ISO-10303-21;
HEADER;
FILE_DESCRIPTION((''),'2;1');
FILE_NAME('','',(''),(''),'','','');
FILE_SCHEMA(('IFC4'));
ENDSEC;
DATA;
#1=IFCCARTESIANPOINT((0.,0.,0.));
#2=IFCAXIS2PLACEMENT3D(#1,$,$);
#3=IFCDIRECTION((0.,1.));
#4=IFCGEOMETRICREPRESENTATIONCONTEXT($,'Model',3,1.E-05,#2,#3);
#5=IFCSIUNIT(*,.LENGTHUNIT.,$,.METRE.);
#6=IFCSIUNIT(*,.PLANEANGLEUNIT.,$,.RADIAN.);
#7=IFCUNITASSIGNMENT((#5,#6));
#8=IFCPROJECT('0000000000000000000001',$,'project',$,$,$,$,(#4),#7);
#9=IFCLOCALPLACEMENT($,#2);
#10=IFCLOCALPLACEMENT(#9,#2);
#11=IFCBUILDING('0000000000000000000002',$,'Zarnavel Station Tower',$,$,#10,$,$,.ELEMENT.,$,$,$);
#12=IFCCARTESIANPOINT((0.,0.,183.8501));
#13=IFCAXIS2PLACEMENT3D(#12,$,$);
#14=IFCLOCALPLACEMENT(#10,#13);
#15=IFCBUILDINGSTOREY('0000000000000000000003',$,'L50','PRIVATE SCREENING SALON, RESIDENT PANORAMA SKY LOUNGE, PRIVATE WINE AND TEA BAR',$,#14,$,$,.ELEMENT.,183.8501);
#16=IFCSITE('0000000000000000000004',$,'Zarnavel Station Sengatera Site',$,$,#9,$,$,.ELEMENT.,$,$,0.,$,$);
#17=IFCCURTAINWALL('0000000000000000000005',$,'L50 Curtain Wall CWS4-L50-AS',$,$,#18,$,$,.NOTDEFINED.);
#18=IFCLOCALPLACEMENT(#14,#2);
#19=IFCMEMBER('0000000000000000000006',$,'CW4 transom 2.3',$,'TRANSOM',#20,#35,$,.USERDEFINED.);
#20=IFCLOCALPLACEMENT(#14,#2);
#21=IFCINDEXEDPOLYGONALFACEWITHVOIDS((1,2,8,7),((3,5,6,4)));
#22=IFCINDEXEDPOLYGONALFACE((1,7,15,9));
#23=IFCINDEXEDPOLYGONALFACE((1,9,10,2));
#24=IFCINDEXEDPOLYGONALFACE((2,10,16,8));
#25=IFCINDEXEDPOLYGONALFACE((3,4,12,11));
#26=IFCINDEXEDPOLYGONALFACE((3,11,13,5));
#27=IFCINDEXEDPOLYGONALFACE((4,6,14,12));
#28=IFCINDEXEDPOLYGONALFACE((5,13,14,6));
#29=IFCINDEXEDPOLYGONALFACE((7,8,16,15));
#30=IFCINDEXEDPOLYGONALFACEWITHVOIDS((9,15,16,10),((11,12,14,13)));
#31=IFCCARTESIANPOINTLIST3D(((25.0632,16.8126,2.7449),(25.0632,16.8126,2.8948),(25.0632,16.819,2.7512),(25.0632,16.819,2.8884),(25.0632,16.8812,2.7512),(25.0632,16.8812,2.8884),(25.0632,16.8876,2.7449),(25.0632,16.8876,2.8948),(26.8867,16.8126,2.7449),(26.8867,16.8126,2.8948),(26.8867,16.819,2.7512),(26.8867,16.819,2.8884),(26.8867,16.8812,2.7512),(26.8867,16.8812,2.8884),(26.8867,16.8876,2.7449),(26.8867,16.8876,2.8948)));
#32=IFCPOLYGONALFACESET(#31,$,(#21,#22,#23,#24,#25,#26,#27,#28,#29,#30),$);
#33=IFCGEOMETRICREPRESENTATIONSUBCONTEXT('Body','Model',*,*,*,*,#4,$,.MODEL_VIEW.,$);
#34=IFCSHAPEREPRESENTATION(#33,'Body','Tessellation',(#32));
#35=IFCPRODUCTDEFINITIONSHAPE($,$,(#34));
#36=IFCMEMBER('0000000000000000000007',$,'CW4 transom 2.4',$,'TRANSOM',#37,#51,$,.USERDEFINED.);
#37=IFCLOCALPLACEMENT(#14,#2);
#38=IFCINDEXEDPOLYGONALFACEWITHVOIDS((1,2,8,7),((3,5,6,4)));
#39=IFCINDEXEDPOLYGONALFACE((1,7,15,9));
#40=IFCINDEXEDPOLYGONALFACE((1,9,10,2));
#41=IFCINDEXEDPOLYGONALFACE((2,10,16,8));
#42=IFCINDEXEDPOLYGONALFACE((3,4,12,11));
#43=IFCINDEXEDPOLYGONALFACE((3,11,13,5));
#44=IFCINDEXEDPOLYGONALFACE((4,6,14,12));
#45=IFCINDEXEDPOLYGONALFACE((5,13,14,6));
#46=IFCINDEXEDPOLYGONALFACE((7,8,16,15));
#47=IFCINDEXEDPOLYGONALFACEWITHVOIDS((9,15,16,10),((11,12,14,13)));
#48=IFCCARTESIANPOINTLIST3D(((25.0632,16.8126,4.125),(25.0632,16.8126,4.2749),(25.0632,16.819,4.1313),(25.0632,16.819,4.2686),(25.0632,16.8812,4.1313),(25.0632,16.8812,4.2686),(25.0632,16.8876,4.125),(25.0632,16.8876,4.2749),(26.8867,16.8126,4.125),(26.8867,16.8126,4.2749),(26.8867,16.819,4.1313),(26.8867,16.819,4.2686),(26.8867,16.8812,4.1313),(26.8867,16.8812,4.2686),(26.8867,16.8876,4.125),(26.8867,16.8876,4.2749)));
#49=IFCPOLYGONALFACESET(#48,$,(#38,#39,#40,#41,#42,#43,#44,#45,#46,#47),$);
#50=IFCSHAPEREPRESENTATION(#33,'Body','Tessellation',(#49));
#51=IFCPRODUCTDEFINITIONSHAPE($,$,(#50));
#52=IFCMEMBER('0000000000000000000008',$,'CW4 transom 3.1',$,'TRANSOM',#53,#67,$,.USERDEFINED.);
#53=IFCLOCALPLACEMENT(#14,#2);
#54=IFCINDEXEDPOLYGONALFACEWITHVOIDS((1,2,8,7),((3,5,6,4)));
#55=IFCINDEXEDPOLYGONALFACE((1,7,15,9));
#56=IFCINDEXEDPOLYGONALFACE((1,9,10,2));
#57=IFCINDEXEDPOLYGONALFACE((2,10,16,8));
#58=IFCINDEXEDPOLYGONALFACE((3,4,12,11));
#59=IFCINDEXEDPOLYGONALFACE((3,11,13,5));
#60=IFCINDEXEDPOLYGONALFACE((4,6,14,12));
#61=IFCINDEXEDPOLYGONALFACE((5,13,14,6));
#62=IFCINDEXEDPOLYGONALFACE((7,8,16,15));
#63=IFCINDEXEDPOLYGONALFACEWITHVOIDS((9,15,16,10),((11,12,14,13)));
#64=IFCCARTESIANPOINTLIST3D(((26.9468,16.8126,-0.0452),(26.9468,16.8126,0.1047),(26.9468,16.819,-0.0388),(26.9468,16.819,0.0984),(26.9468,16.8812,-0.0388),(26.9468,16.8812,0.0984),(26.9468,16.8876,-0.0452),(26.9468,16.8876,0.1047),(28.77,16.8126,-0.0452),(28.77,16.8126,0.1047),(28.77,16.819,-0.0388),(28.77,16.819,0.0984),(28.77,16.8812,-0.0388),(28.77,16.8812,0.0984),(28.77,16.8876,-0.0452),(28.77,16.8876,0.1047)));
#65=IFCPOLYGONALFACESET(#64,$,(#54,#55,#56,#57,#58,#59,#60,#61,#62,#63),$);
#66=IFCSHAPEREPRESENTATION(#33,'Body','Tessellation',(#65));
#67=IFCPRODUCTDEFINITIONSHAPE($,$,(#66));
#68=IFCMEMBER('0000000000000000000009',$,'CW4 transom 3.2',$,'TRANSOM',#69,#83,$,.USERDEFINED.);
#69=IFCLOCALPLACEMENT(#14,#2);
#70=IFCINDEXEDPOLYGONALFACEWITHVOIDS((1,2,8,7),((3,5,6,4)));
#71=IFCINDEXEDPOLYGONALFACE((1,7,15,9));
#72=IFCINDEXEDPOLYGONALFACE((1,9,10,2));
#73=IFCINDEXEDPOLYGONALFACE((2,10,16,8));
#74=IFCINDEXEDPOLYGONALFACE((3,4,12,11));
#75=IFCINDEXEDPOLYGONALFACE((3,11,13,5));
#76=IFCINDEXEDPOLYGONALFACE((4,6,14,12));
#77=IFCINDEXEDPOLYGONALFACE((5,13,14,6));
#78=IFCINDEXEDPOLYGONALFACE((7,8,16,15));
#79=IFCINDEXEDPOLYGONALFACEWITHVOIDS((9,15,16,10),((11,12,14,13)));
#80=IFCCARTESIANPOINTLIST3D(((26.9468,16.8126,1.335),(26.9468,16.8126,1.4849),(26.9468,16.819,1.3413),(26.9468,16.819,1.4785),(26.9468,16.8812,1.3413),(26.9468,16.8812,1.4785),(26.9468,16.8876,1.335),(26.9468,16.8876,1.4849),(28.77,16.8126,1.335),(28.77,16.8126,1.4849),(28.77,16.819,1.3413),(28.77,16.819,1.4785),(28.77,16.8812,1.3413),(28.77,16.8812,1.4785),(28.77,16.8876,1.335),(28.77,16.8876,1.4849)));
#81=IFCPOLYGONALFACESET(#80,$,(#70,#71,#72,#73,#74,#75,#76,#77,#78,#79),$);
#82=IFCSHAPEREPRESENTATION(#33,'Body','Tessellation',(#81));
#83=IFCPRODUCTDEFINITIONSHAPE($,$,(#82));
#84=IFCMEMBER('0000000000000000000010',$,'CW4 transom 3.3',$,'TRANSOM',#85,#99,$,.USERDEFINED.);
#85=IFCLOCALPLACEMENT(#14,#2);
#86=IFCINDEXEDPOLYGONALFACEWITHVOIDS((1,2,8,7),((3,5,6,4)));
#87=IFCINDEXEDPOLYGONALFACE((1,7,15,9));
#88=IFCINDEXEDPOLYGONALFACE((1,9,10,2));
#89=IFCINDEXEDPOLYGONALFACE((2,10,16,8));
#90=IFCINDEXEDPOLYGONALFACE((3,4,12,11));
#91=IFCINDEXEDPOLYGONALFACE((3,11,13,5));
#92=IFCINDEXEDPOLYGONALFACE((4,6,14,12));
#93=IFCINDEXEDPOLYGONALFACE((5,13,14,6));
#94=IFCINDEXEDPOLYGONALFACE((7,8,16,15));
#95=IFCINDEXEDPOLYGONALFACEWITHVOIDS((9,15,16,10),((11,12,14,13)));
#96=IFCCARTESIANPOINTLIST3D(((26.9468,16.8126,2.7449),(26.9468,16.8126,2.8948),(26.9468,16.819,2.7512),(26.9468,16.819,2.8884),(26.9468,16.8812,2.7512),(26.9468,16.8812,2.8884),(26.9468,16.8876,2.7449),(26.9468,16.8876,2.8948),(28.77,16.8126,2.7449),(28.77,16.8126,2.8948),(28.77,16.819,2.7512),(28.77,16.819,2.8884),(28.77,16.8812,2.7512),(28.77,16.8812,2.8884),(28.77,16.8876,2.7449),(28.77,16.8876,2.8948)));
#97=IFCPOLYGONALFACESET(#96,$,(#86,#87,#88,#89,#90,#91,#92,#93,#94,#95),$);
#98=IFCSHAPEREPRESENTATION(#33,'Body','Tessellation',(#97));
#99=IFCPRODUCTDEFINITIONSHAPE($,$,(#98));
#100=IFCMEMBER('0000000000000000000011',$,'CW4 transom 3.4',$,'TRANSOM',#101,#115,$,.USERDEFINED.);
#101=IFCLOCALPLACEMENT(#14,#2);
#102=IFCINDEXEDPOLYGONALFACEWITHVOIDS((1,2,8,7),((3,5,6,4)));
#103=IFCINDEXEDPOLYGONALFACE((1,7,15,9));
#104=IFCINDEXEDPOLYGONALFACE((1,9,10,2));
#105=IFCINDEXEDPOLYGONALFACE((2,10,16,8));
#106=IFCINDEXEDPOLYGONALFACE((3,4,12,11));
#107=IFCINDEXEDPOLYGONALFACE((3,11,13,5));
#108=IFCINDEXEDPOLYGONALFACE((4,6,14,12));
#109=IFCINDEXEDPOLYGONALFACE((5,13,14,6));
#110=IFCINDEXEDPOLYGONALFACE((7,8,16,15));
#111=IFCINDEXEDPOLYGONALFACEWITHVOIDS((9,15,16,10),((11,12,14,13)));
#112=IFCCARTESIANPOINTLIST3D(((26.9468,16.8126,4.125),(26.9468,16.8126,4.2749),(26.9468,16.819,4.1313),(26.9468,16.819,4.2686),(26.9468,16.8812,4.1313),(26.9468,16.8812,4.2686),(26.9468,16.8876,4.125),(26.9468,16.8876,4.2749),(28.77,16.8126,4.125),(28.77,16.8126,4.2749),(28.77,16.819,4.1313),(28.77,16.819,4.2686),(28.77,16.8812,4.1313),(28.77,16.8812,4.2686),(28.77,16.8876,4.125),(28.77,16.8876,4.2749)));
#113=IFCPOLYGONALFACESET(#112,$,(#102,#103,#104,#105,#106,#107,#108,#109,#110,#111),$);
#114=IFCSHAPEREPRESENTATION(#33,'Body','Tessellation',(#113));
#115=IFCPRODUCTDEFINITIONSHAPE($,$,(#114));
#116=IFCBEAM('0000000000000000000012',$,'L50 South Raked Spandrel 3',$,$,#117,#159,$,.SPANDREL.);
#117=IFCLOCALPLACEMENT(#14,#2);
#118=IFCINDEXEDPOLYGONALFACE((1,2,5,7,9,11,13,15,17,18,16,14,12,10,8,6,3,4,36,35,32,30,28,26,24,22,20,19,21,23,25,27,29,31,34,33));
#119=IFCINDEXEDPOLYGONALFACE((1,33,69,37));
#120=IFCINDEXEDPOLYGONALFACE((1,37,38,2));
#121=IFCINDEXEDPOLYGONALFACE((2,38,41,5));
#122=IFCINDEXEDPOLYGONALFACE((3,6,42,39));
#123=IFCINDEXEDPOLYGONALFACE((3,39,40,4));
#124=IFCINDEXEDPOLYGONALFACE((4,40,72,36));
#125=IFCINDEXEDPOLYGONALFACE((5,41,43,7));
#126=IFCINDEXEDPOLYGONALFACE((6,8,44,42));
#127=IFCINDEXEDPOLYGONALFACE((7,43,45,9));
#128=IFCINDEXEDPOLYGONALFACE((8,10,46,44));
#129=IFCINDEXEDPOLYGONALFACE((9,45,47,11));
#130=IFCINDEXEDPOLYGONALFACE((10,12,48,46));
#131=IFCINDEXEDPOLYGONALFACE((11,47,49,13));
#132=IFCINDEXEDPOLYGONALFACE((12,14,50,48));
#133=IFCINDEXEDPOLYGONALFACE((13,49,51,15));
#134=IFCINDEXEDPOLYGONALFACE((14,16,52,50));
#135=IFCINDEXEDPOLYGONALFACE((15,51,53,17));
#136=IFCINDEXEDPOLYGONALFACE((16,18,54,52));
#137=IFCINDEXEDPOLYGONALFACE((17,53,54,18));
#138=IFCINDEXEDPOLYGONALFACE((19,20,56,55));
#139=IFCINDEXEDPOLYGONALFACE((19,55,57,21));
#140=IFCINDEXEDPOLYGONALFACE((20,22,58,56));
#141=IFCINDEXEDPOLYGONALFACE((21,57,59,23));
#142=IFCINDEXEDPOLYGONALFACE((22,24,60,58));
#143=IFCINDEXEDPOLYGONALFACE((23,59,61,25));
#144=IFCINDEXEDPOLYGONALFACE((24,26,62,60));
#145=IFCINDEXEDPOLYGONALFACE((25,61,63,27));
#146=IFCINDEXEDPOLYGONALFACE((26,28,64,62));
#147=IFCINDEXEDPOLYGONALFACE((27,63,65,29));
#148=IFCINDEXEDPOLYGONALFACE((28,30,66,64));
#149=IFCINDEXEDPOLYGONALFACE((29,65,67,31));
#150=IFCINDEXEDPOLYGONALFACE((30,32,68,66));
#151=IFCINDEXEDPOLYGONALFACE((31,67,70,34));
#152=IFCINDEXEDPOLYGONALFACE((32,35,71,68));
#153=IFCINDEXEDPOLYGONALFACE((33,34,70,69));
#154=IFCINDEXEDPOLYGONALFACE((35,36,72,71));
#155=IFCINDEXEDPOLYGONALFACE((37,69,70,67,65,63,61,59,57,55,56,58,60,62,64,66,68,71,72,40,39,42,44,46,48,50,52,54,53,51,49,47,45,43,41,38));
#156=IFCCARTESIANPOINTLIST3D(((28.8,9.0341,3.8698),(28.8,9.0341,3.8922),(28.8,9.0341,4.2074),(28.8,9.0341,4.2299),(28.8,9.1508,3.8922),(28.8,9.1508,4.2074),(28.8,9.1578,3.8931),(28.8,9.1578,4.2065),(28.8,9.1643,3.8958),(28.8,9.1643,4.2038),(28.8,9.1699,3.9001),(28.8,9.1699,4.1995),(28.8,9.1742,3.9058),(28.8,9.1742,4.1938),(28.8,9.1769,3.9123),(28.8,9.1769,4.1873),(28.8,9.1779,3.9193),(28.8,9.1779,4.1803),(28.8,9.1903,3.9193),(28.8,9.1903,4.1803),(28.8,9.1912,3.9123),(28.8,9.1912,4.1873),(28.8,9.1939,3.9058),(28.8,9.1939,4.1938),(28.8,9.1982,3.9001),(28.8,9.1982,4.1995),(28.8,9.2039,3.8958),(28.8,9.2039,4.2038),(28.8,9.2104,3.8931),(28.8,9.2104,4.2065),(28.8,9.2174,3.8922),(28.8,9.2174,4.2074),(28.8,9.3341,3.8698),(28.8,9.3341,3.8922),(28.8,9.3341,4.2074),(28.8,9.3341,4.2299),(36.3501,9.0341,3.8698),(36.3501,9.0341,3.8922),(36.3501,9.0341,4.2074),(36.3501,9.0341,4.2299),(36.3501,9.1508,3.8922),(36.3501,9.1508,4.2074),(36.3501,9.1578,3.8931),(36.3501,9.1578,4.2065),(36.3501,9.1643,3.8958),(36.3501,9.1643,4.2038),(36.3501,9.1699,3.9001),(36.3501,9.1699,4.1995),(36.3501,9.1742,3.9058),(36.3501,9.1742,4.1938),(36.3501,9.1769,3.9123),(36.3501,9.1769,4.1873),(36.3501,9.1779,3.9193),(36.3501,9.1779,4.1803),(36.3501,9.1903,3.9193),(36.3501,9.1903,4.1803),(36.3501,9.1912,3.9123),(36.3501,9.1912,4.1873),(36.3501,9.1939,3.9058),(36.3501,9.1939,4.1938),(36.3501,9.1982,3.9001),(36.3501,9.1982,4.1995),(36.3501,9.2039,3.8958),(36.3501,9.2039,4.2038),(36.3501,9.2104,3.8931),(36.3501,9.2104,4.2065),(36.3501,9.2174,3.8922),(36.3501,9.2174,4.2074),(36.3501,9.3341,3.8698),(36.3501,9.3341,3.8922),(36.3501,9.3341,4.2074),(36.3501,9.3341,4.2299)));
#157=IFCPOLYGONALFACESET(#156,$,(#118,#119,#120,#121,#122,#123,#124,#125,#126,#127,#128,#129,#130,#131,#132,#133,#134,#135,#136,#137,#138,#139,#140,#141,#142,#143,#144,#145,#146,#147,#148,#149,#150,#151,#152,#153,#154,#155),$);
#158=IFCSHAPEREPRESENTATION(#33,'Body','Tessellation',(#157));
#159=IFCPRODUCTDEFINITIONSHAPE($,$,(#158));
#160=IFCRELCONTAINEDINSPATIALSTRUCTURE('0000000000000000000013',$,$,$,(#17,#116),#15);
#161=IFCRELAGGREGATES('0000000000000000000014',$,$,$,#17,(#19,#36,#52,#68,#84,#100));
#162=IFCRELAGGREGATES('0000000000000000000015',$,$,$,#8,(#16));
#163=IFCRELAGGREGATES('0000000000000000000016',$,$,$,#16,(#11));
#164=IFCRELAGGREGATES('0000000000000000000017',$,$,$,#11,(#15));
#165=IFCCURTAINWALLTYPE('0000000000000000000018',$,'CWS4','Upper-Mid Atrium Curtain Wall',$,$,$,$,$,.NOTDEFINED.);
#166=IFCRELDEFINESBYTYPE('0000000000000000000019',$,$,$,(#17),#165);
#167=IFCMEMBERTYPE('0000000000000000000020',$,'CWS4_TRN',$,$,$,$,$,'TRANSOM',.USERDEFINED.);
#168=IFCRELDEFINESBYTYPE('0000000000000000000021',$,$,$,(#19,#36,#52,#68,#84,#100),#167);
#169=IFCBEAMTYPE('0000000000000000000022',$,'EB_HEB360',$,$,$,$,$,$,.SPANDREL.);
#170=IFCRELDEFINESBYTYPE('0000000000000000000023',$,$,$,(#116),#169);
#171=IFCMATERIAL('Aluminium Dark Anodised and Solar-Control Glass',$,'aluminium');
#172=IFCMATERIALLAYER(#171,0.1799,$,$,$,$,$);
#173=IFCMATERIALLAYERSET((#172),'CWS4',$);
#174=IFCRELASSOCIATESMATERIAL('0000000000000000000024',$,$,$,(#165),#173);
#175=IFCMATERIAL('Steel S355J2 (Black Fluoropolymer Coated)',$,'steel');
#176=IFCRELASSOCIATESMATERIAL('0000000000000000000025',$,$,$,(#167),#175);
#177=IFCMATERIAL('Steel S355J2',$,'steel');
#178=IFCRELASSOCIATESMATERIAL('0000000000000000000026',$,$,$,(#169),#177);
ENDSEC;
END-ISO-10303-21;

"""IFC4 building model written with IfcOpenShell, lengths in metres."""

from ifc_helpers import new_model, si_unit, direction, frame, origin, origin_2d, place, context, subcontext, project, spatial, hollow_rectangle, i_section, extrude, material, layer, layer_set, material_profile, profile_set, type_object, element, aggregate, save


model = new_model("IFC4")

# Units and contexts
model_context = context("Model", 3, precision=1e-05, world=origin(), true_north=direction((0.0, 1.0)))
body_context = subcontext(model_context, "Body", "Model", "MODEL_VIEW")
ifc_project = project(units=[si_unit("LENGTHUNIT", "METRE"), si_unit("PLANEANGLEUNIT", "RADIAN")], contexts=[model_context])

# Site, building, storey
site_placement = place(None, origin())
site = spatial("IfcSite", under=ifc_project, at=site_placement, Name="Zarnavel Station Sengatera Site", CompositionType="ELEMENT", RefElevation=0.0)
building_placement = place(site_placement, origin())
building = spatial("IfcBuilding", under=site, at=building_placement, Name="Zarnavel Station Tower", CompositionType="ELEMENT")
storey_placement = place(building_placement, frame((0.0, 0.0, 183.8501)))
storey = spatial("IfcBuildingStorey", under=building, at=storey_placement, Name="L50", Description="PRIVATE SCREENING SALON, RESIDENT PANORAMA SKY LOUNGE, PRIVATE WINE AND TEA BAR", CompositionType="ELEMENT", Elevation=183.8501)

# Curtain wall, members
ifc_material_1 = material(Name="Aluminium Dark Anodised and Solar-Control Glass", Category="aluminium")
ifc_layer_1 = layer(ifc_material_1, 0.1799)
ifc_layer_set_1 = layer_set([ifc_layer_1], Name="CWS4")
curtain_wall_type = type_object("IfcCurtainWallType", Name="CWS4", Description="Upper-Mid Atrium Curtain Wall", PredefinedType="NOTDEFINED", material=ifc_layer_set_1)
curtain_wall_placement = place(storey_placement, origin())
curtain_wall = element("IfcCurtainWall", 1, at=curtain_wall_placement, inside=storey, type_object=curtain_wall_type, Name="L50 Curtain Wall CWS4-L50-AS", PredefinedType="NOTDEFINED")
ifc_material_2 = material(Name="Steel S355J2 (Black Fluoropolymer Coated)", Category="steel")
ifc_material_profile_1 = material_profile(ifc_material_2, hollow_rectangle(XDim=0.075, YDim=0.1499, WallThickness=0.0063, at=origin_2d()), Name="RHS150x75x6.3")
ifc_profile_set_1 = profile_set([ifc_material_profile_1], Name="Steel S355J2 (Black Fluoropolymer Coated)")
member_type_1 = type_object("IfcMemberType", Name="CWS4_TRN", ElementType="TRANSOM", PredefinedType="USERDEFINED", material=ifc_profile_set_1)
member_1_placement = place(storey_placement, frame((25.0632, 16.8501, 2.8198), z_axis=(1.0, 0.0, 0.0), x_axis=(0.0, 1.0, 0.0)))
member_1 = element("IfcMember", 2, at=member_1_placement, type_object=member_type_1, Name="CW4 transom 2.3", ObjectType="TRANSOM", PredefinedType="USERDEFINED", context=body_context, shape_type="SweptSolid", body=[
    extrude(hollow_rectangle(XDim=0.075, YDim=0.1499, WallThickness=0.0063, at=origin_2d()), origin(), (0.0, 0.0, 1.0), 1.8235),
])
member_2_placement = place(storey_placement, frame((25.0632, 16.8501, 4.2), z_axis=(1.0, 0.0, 0.0), x_axis=(0.0, 1.0, 0.0)))
member_2 = element("IfcMember", 3, at=member_2_placement, type_object=member_type_1, Name="CW4 transom 2.4", ObjectType="TRANSOM", PredefinedType="USERDEFINED", context=body_context, shape_type="SweptSolid", body=[
    extrude(hollow_rectangle(XDim=0.075, YDim=0.1499, WallThickness=0.0063, at=origin_2d()), origin(), (0.0, 0.0, 1.0), 1.8235),
])
member_3_placement = place(storey_placement, frame((26.9468, 16.8501, 0.0298), z_axis=(1.0, 0.0, 0.0), x_axis=(0.0, 1.0, 0.0)))
member_3 = element("IfcMember", 4, at=member_3_placement, type_object=member_type_1, Name="CW4 transom 3.1", ObjectType="TRANSOM", PredefinedType="USERDEFINED", context=body_context, shape_type="SweptSolid", body=[
    extrude(hollow_rectangle(XDim=0.075, YDim=0.1499, WallThickness=0.0063, at=origin_2d()), origin(), (0.0, 0.0, 1.0), 1.8232),
])
member_4_placement = place(storey_placement, frame((26.9468, 16.8501, 1.4099), z_axis=(1.0, 0.0, 0.0), x_axis=(0.0, 1.0, 0.0)))
member_4 = element("IfcMember", 5, at=member_4_placement, type_object=member_type_1, Name="CW4 transom 3.2", ObjectType="TRANSOM", PredefinedType="USERDEFINED", context=body_context, shape_type="SweptSolid", body=[
    extrude(hollow_rectangle(XDim=0.075, YDim=0.1499, WallThickness=0.0063, at=origin_2d()), origin(), (0.0, 0.0, 1.0), 1.8232),
])
member_5_placement = place(storey_placement, frame((26.9468, 16.8501, 2.8198), z_axis=(1.0, 0.0, 0.0), x_axis=(0.0, 1.0, 0.0)))
member_5 = element("IfcMember", 6, at=member_5_placement, type_object=member_type_1, Name="CW4 transom 3.3", ObjectType="TRANSOM", PredefinedType="USERDEFINED", context=body_context, shape_type="SweptSolid", body=[
    extrude(hollow_rectangle(XDim=0.075, YDim=0.1499, WallThickness=0.0063, at=origin_2d()), origin(), (0.0, 0.0, 1.0), 1.8232),
])
member_6_placement = place(storey_placement, frame((26.9468, 16.8501, 4.2), z_axis=(1.0, 0.0, 0.0), x_axis=(0.0, 1.0, 0.0)))
member_6 = element("IfcMember", 7, at=member_6_placement, type_object=member_type_1, Name="CW4 transom 3.4", ObjectType="TRANSOM", PredefinedType="USERDEFINED", context=body_context, shape_type="SweptSolid", body=[
    extrude(hollow_rectangle(XDim=0.075, YDim=0.1499, WallThickness=0.0063, at=origin_2d()), origin(), (0.0, 0.0, 1.0), 1.8232),
])

# Beam
ifc_material_3 = material(Name="Steel S355J2", Category="steel")
ifc_material_profile_2 = material_profile(ifc_material_3, i_section(OverallWidth=0.3, OverallDepth=0.3601, WebThickness=0.0125, FlangeThickness=0.0225, FilletRadius=0.0271, at=origin_2d()), Name="HEB360")
ifc_profile_set_2 = profile_set([ifc_material_profile_2], Name="Steel S355J2")
beam_type_1 = type_object("IfcBeamType", Name="EB_HEB360", PredefinedType="SPANDREL", material=ifc_profile_set_2)
beam_1_placement = place(storey_placement, frame((28.8, 9.1841, 4.0498), z_axis=(1.0, 0.0, 0.0), x_axis=(0.0, 1.0, 0.0)))
element("IfcBeam", 8, at=beam_1_placement, inside=storey, type_object=beam_type_1, Name="L50 South Raked Spandrel 3", PredefinedType="SPANDREL", context=body_context, shape_type="SweptSolid", body=[
    extrude(i_section(OverallWidth=0.3, OverallDepth=0.3601, WebThickness=0.0125, FlangeThickness=0.0225, FilletRadius=0.0271, at=origin_2d()), origin(), (0.0, 0.0, 1.0), 7.55),
])

aggregate(curtain_wall, [member_1, member_2, member_3, member_4, member_5, member_6])

save(model, "model.ifc")
